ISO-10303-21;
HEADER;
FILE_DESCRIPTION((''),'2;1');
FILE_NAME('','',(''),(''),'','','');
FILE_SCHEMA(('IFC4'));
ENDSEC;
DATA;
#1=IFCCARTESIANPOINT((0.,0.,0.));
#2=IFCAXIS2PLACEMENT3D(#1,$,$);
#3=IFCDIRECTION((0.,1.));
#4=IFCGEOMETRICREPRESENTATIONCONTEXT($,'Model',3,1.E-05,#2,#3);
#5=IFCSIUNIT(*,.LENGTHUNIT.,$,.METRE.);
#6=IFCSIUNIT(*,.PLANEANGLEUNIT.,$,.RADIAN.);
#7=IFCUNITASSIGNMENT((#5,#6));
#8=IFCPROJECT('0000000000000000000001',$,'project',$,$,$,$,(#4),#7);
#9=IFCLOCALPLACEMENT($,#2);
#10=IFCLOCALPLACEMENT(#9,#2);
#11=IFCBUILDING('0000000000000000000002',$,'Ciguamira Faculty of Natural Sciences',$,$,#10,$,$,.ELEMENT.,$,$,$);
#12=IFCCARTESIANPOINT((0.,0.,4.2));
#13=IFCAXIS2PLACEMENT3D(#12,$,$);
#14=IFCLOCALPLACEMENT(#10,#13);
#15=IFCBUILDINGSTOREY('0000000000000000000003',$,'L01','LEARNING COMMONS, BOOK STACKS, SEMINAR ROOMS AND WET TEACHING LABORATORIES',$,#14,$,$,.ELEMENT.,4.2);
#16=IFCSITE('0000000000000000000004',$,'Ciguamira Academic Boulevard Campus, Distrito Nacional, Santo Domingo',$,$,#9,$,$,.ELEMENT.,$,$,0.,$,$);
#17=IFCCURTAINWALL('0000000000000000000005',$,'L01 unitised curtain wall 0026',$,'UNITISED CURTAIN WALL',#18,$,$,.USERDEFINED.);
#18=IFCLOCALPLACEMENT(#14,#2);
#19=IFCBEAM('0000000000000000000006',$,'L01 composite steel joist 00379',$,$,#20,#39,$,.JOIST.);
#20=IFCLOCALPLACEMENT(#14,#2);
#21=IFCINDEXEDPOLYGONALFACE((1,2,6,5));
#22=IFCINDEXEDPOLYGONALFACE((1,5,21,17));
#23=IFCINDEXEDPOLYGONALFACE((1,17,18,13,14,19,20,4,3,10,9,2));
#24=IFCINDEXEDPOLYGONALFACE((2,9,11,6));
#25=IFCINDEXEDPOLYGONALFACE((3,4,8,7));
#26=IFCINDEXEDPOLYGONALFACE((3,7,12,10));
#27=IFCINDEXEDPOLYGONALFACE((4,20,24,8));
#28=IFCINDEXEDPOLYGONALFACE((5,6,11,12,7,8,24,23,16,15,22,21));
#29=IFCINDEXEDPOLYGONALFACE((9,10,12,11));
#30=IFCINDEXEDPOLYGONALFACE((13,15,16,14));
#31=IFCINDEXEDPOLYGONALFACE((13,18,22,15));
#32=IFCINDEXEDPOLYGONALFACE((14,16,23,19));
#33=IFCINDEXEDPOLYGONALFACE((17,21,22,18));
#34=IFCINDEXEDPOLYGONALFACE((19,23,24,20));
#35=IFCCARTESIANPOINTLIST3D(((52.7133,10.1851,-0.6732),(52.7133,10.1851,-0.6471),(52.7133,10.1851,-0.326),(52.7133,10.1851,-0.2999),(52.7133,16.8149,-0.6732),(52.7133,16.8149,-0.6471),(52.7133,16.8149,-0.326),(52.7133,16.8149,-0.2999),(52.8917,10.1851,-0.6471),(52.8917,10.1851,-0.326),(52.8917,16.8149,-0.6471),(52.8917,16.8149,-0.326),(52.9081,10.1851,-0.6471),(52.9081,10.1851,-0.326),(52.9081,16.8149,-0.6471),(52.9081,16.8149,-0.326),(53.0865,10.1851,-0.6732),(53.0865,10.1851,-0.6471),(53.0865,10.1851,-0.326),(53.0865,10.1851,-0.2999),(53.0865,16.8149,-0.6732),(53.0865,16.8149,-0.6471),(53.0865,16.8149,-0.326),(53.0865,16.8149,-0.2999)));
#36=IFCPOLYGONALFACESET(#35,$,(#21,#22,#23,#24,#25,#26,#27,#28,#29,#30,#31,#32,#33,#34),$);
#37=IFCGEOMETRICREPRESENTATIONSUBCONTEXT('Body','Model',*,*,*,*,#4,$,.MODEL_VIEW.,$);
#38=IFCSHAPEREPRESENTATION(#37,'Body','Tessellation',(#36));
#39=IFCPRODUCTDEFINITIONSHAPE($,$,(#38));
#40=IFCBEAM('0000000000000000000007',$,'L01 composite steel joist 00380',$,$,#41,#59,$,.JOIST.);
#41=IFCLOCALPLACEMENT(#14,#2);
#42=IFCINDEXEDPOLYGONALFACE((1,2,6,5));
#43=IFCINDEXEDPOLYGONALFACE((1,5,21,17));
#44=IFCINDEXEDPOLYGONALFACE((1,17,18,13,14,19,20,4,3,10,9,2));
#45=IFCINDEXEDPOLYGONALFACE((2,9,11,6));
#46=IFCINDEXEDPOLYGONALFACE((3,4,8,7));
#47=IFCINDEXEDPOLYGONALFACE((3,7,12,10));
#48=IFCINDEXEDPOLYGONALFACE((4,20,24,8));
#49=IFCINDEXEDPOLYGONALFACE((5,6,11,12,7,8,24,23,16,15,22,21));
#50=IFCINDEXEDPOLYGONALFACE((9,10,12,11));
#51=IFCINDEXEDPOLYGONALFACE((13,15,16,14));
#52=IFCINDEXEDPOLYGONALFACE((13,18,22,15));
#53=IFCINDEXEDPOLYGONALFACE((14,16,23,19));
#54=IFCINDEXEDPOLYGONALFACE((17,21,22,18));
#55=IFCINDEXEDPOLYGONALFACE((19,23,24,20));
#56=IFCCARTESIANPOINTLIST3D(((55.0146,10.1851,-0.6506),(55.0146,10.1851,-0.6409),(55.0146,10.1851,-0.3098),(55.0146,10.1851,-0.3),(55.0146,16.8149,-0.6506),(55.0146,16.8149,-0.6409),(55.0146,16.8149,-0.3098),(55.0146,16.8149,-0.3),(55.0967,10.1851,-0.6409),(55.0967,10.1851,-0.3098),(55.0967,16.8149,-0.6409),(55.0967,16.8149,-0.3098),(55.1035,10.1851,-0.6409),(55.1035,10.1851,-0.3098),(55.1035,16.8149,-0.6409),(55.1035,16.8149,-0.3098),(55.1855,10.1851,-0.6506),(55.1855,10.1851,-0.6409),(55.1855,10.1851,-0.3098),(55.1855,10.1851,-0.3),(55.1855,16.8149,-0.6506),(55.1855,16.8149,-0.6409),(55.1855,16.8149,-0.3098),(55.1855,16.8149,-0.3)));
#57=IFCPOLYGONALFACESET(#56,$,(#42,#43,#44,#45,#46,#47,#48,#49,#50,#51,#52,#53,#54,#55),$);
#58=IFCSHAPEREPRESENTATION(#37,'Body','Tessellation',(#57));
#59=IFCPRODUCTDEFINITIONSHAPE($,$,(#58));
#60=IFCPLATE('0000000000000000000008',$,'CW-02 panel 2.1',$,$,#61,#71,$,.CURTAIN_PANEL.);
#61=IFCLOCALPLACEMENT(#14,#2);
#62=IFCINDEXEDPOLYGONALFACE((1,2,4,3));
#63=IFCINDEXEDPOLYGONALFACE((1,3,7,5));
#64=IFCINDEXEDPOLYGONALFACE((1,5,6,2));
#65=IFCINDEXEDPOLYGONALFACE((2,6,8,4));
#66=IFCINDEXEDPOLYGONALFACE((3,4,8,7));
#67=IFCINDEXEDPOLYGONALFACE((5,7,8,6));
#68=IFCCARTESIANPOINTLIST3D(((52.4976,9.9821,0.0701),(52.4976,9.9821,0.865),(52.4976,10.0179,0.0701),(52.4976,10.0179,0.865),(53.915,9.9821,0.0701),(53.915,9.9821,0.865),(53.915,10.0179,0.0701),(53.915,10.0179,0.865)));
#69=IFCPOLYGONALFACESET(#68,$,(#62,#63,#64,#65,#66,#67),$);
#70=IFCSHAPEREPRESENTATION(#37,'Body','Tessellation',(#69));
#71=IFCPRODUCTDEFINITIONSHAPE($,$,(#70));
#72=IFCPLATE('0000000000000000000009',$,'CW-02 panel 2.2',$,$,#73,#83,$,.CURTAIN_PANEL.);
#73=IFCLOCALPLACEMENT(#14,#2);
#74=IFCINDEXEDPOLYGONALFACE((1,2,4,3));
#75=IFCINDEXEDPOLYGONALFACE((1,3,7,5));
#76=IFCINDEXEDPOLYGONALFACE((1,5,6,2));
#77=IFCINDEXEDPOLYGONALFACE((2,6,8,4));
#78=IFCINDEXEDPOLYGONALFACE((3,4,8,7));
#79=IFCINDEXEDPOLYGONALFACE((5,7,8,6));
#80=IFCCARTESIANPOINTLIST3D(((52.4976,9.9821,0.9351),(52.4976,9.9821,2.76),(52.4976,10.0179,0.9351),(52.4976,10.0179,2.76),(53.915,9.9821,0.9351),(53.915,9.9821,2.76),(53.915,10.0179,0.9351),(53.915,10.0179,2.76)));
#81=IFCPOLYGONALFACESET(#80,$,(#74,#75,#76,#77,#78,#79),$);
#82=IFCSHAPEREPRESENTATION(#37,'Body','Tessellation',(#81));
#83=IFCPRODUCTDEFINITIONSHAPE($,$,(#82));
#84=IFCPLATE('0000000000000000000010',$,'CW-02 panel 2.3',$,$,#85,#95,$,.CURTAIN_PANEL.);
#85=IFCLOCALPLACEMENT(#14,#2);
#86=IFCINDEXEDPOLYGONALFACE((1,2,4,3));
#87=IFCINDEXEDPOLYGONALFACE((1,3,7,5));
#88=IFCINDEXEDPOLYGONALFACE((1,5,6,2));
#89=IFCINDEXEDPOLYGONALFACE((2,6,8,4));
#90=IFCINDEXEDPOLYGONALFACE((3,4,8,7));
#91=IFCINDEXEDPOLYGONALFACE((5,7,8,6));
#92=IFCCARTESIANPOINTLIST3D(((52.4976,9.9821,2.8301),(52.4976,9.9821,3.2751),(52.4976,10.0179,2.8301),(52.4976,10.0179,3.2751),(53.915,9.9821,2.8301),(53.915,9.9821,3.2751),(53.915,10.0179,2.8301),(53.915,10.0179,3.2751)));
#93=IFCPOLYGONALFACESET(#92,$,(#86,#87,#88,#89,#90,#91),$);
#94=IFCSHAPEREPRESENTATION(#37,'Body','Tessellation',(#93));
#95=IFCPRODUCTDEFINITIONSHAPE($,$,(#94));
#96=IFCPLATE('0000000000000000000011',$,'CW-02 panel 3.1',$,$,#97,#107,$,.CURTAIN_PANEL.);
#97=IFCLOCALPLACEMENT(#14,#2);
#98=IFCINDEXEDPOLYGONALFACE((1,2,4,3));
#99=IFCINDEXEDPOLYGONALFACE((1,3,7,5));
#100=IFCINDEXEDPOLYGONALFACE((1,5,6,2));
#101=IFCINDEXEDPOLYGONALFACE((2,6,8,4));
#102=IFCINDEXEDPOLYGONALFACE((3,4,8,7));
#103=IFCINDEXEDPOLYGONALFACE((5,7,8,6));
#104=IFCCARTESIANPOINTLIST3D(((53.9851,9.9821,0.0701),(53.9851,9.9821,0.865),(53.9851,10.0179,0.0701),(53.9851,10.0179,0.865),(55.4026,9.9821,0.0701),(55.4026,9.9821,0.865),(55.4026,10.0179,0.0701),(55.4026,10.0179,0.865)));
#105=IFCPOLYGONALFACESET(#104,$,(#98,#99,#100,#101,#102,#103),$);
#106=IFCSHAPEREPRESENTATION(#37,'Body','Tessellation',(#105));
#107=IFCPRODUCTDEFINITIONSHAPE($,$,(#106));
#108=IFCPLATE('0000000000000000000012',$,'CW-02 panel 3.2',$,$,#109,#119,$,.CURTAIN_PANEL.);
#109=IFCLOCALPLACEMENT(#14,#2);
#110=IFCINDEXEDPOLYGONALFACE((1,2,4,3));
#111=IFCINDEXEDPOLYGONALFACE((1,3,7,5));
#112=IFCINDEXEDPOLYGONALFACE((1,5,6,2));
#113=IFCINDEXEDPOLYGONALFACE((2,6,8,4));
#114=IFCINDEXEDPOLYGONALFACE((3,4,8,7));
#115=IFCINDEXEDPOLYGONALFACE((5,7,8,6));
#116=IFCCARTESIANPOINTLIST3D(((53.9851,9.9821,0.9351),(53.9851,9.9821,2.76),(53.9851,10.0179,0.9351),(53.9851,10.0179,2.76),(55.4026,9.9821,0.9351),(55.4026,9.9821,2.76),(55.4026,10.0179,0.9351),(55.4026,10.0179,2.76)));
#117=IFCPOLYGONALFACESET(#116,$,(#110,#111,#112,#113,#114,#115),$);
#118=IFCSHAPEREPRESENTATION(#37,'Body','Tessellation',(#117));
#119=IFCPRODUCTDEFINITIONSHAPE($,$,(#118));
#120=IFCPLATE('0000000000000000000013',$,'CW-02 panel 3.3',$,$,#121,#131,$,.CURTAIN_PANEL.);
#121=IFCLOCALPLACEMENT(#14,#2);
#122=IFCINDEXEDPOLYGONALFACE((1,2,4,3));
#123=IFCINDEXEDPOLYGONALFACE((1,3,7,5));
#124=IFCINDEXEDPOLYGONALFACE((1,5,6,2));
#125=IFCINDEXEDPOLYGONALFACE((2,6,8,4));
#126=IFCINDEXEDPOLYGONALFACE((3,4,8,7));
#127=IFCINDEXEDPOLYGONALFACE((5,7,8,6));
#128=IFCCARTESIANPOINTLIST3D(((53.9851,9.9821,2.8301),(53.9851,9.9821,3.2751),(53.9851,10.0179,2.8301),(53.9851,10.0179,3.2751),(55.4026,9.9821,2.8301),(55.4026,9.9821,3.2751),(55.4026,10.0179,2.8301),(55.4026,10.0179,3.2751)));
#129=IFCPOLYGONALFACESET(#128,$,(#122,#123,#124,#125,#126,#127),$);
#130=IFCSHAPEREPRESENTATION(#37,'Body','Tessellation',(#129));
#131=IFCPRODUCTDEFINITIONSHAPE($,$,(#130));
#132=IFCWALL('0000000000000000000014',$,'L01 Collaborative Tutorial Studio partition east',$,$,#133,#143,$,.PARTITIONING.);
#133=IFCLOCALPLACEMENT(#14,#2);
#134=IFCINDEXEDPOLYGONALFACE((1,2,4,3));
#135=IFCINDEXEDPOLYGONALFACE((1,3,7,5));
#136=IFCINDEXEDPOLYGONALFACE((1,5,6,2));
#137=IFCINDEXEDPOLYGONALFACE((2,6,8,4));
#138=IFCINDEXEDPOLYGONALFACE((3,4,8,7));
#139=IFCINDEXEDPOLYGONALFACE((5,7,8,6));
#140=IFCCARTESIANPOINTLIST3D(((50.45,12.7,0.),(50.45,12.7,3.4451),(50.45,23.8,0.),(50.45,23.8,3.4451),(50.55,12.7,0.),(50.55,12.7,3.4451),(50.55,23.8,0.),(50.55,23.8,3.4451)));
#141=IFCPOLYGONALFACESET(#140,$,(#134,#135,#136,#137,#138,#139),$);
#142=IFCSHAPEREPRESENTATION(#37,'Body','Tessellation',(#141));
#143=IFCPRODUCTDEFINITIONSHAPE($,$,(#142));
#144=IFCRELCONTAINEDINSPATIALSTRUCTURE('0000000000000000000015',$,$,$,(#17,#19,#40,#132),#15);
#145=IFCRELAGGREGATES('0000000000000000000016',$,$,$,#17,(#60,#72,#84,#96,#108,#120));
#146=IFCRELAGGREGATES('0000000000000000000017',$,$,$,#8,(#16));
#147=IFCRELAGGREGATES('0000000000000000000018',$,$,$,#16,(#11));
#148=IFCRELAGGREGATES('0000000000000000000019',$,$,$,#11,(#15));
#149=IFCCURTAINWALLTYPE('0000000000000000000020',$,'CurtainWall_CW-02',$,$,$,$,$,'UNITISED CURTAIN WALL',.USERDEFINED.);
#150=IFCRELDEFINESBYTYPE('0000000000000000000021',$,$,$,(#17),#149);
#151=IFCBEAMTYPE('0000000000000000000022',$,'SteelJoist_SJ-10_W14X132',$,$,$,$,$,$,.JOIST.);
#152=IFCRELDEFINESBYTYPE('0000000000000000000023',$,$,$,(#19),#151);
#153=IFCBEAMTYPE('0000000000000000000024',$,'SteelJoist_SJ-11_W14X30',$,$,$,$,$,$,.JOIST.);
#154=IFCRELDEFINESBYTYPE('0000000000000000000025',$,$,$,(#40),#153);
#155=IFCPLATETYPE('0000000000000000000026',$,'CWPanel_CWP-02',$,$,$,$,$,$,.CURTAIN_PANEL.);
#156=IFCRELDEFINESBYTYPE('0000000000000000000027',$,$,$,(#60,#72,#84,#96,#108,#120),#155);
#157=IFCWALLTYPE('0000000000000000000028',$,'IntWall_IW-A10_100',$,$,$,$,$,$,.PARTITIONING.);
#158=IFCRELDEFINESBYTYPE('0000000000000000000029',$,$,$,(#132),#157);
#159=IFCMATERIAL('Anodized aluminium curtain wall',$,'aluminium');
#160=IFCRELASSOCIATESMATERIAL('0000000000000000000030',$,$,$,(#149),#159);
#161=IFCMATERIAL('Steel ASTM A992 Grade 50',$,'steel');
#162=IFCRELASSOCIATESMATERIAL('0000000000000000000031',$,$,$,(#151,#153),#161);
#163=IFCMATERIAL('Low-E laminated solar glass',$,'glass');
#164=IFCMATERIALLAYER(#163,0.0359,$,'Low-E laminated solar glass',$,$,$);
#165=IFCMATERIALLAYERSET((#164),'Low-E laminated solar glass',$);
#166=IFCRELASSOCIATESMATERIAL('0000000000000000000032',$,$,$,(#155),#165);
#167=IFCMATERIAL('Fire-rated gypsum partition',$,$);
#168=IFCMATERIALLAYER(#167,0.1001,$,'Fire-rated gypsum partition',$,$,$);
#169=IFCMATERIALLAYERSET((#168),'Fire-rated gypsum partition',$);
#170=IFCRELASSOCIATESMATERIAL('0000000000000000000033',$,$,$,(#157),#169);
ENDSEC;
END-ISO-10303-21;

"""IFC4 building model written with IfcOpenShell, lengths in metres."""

from ifc_helpers import new_model, si_unit, direction, frame, frame_2d, origin, origin_2d, place, context, subcontext, project, spatial, rectangle, i_section, extrude, material, layer, layer_set, material_profile, profile_set, type_object, element, aggregate, save


model = new_model("IFC4")

# Units and contexts
model_context = context("Model", 3, precision=1e-05, world=origin(), true_north=direction((0.0, 1.0)))
body_context = subcontext(model_context, "Body", "Model", "MODEL_VIEW")
ifc_project = project(units=[si_unit("LENGTHUNIT", "METRE"), si_unit("PLANEANGLEUNIT", "RADIAN")], contexts=[model_context])

# Site, building, storey
site_placement = place(None, origin())
site = spatial("IfcSite", under=ifc_project, at=site_placement, Name="Ciguamira Academic Boulevard Campus, Distrito Nacional, Santo Domingo", CompositionType="ELEMENT", RefElevation=0.0)
building_placement = place(site_placement, origin())
building = spatial("IfcBuilding", under=site, at=building_placement, Name="Ciguamira Faculty of Natural Sciences", CompositionType="ELEMENT")
storey_placement = place(building_placement, frame((0.0, 0.0, 4.2)))
storey = spatial("IfcBuildingStorey", under=building, at=storey_placement, Name="L01", Description="LEARNING COMMONS, BOOK STACKS, SEMINAR ROOMS AND WET TEACHING LABORATORIES", CompositionType="ELEMENT", Elevation=4.2)

# Curtain wall
ifc_material_1 = material(Name="Anodized aluminium curtain wall", Category="aluminium")
curtain_wall_type = type_object("IfcCurtainWallType", Name="CurtainWall_CW-02", ElementType="UNITISED CURTAIN WALL", PredefinedType="USERDEFINED", material=ifc_material_1)
curtain_wall_placement = place(storey_placement, origin())
curtain_wall = element("IfcCurtainWall", 1, at=curtain_wall_placement, inside=storey, type_object=curtain_wall_type, Name="L01 unitised curtain wall 0026", ObjectType="UNITISED CURTAIN WALL", PredefinedType="USERDEFINED")

# Beams
ifc_material_2 = material(Name="Steel ASTM A992 Grade 50", Category="steel")
ifc_material_profile_1 = material_profile(ifc_material_2, i_section(OverallWidth=0.3733, OverallDepth=0.3733, WebThickness=0.0164, FlangeThickness=0.0261, at=origin_2d()), Name="W14X132")
ifc_profile_set_1 = profile_set([ifc_material_profile_1], Name="Steel ASTM A992 Grade 50")
beam_type_1 = type_object("IfcBeamType", Name="SteelJoist_SJ-10_W14X132", PredefinedType="JOIST", material=ifc_profile_set_1)
beam_1_placement = place(storey_placement, frame((52.8999, 10.1851, -0.4866), z_axis=(0.0, 1.0, 0.0), x_axis=(-1.0, 0.0, 0.0)))
element("IfcBeam", 2, at=beam_1_placement, inside=storey, type_object=beam_type_1, Name="L01 composite steel joist 00379", PredefinedType="JOIST", context=body_context, shape_type="SweptSolid", body=[
    extrude(i_section(OverallWidth=0.3733, OverallDepth=0.3733, WebThickness=0.0164, FlangeThickness=0.0261, at=origin_2d()), origin(), (0.0, 0.0, 1.0), 6.6299),
])
ifc_material_profile_2 = material_profile(ifc_material_2, i_section(OverallWidth=0.1709, OverallDepth=0.3506, WebThickness=0.0068, FlangeThickness=0.0098, at=origin_2d()), Name="W14X30")
ifc_profile_set_2 = profile_set([ifc_material_profile_2], Name="Steel ASTM A992 Grade 50")
beam_type_2 = type_object("IfcBeamType", Name="SteelJoist_SJ-11_W14X30", PredefinedType="JOIST", material=ifc_profile_set_2)
beam_2_placement = place(storey_placement, frame((55.1001, 10.1851, -0.4753), z_axis=(0.0, 1.0, 0.0), x_axis=(-1.0, 0.0, 0.0)))
element("IfcBeam", 3, at=beam_2_placement, inside=storey, type_object=beam_type_2, Name="L01 composite steel joist 00380", PredefinedType="JOIST", context=body_context, shape_type="SweptSolid", body=[
    extrude(i_section(OverallWidth=0.1709, OverallDepth=0.3506, WebThickness=0.0068, FlangeThickness=0.0098, at=origin_2d()), origin(), (0.0, 0.0, 1.0), 6.6299),
])

# Plates
ifc_material_3 = material(Name="Low-E laminated solar glass", Category="glass")
ifc_layer_1 = layer(ifc_material_3, 0.0359, Name="Low-E laminated solar glass")
ifc_layer_set_1 = layer_set([ifc_layer_1], Name="Low-E laminated solar glass")
plate_type = type_object("IfcPlateType", Name="CWPanel_CWP-02", PredefinedType="CURTAIN_PANEL", material=ifc_layer_set_1)
plate_1_placement = place(storey_placement, frame((53.2063, 10.0, 0.0701), z_axis=(0.0, 0.0, 1.0), x_axis=(1.0, 0.0, 0.0)))
plate_1 = element("IfcPlate", 4, at=plate_1_placement, type_object=plate_type, Name="CW-02 panel 2.1", PredefinedType="CURTAIN_PANEL", context=body_context, shape_type="SweptSolid", body=[
    extrude(rectangle(XDim=1.4175, YDim=0.0359, at=origin_2d()), origin(), (0.0, 0.0, 1.0), 0.7949),
])
plate_2_placement = place(storey_placement, frame((53.2063, 10.0, 0.9351), z_axis=(0.0, 0.0, 1.0), x_axis=(1.0, 0.0, 0.0)))
plate_2 = element("IfcPlate", 5, at=plate_2_placement, type_object=plate_type, Name="CW-02 panel 2.2", PredefinedType="CURTAIN_PANEL", context=body_context, shape_type="SweptSolid", body=[
    extrude(rectangle(XDim=1.4175, YDim=0.0359, at=origin_2d()), origin(), (0.0, 0.0, 1.0), 1.825),
])
plate_3_placement = place(storey_placement, frame((53.2063, 10.0, 2.8301), z_axis=(0.0, 0.0, 1.0), x_axis=(1.0, 0.0, 0.0)))
plate_3 = element("IfcPlate", 6, at=plate_3_placement, type_object=plate_type, Name="CW-02 panel 2.3", PredefinedType="CURTAIN_PANEL", context=body_context, shape_type="SweptSolid", body=[
    extrude(rectangle(XDim=1.4175, YDim=0.0359, at=origin_2d()), origin(), (0.0, 0.0, 1.0), 0.4451),
])
plate_4_placement = place(storey_placement, frame((54.6938, 10.0, 0.0701), z_axis=(0.0, 0.0, 1.0), x_axis=(1.0, 0.0, 0.0)))
plate_4 = element("IfcPlate", 7, at=plate_4_placement, type_object=plate_type, Name="CW-02 panel 3.1", PredefinedType="CURTAIN_PANEL", context=body_context, shape_type="SweptSolid", body=[
    extrude(rectangle(XDim=1.4175, YDim=0.0359, at=origin_2d()), origin(), (0.0, 0.0, 1.0), 0.7949),
])
plate_5_placement = place(storey_placement, frame((54.6938, 10.0, 0.9351), z_axis=(0.0, 0.0, 1.0), x_axis=(1.0, 0.0, 0.0)))
plate_5 = element("IfcPlate", 8, at=plate_5_placement, type_object=plate_type, Name="CW-02 panel 3.2", PredefinedType="CURTAIN_PANEL", context=body_context, shape_type="SweptSolid", body=[
    extrude(rectangle(XDim=1.4175, YDim=0.0359, at=origin_2d()), origin(), (0.0, 0.0, 1.0), 1.825),
])
plate_6_placement = place(storey_placement, frame((54.6938, 10.0, 2.8301), z_axis=(0.0, 0.0, 1.0), x_axis=(1.0, 0.0, 0.0)))
plate_6 = element("IfcPlate", 9, at=plate_6_placement, type_object=plate_type, Name="CW-02 panel 3.3", PredefinedType="CURTAIN_PANEL", context=body_context, shape_type="SweptSolid", body=[
    extrude(rectangle(XDim=1.4175, YDim=0.0359, at=origin_2d()), origin(), (0.0, 0.0, 1.0), 0.4451),
])
aggregate(curtain_wall, [plate_1, plate_2, plate_3, plate_4, plate_5, plate_6])

# Wall
ifc_material_4 = material(Name="Fire-rated gypsum partition")
ifc_layer_2 = layer(ifc_material_4, 0.1001, Name="Fire-rated gypsum partition")
ifc_layer_set_2 = layer_set([ifc_layer_2], Name="Fire-rated gypsum partition")
wall_type = type_object("IfcWallType", Name="IntWall_IW-A10_100", PredefinedType="PARTITIONING", material=ifc_layer_set_2)
wall_placement = place(storey_placement, frame((50.5, 12.7, 0.0), z_axis=(0.0, 0.0, 1.0), x_axis=(0.0, 1.0, 0.0)))
element("IfcWall", 10, at=wall_placement, inside=storey, type_object=wall_type, Name="L01 Collaborative Tutorial Studio partition east", PredefinedType="PARTITIONING", context=body_context, shape_type="SweptSolid", body=[
    extrude(rectangle(XDim=11.1001, YDim=0.1001, at=frame_2d((5.55, 0.0))), origin(), (0.0, 0.0, 1.0), 3.4451),
])

save(model, "model.ifc")
